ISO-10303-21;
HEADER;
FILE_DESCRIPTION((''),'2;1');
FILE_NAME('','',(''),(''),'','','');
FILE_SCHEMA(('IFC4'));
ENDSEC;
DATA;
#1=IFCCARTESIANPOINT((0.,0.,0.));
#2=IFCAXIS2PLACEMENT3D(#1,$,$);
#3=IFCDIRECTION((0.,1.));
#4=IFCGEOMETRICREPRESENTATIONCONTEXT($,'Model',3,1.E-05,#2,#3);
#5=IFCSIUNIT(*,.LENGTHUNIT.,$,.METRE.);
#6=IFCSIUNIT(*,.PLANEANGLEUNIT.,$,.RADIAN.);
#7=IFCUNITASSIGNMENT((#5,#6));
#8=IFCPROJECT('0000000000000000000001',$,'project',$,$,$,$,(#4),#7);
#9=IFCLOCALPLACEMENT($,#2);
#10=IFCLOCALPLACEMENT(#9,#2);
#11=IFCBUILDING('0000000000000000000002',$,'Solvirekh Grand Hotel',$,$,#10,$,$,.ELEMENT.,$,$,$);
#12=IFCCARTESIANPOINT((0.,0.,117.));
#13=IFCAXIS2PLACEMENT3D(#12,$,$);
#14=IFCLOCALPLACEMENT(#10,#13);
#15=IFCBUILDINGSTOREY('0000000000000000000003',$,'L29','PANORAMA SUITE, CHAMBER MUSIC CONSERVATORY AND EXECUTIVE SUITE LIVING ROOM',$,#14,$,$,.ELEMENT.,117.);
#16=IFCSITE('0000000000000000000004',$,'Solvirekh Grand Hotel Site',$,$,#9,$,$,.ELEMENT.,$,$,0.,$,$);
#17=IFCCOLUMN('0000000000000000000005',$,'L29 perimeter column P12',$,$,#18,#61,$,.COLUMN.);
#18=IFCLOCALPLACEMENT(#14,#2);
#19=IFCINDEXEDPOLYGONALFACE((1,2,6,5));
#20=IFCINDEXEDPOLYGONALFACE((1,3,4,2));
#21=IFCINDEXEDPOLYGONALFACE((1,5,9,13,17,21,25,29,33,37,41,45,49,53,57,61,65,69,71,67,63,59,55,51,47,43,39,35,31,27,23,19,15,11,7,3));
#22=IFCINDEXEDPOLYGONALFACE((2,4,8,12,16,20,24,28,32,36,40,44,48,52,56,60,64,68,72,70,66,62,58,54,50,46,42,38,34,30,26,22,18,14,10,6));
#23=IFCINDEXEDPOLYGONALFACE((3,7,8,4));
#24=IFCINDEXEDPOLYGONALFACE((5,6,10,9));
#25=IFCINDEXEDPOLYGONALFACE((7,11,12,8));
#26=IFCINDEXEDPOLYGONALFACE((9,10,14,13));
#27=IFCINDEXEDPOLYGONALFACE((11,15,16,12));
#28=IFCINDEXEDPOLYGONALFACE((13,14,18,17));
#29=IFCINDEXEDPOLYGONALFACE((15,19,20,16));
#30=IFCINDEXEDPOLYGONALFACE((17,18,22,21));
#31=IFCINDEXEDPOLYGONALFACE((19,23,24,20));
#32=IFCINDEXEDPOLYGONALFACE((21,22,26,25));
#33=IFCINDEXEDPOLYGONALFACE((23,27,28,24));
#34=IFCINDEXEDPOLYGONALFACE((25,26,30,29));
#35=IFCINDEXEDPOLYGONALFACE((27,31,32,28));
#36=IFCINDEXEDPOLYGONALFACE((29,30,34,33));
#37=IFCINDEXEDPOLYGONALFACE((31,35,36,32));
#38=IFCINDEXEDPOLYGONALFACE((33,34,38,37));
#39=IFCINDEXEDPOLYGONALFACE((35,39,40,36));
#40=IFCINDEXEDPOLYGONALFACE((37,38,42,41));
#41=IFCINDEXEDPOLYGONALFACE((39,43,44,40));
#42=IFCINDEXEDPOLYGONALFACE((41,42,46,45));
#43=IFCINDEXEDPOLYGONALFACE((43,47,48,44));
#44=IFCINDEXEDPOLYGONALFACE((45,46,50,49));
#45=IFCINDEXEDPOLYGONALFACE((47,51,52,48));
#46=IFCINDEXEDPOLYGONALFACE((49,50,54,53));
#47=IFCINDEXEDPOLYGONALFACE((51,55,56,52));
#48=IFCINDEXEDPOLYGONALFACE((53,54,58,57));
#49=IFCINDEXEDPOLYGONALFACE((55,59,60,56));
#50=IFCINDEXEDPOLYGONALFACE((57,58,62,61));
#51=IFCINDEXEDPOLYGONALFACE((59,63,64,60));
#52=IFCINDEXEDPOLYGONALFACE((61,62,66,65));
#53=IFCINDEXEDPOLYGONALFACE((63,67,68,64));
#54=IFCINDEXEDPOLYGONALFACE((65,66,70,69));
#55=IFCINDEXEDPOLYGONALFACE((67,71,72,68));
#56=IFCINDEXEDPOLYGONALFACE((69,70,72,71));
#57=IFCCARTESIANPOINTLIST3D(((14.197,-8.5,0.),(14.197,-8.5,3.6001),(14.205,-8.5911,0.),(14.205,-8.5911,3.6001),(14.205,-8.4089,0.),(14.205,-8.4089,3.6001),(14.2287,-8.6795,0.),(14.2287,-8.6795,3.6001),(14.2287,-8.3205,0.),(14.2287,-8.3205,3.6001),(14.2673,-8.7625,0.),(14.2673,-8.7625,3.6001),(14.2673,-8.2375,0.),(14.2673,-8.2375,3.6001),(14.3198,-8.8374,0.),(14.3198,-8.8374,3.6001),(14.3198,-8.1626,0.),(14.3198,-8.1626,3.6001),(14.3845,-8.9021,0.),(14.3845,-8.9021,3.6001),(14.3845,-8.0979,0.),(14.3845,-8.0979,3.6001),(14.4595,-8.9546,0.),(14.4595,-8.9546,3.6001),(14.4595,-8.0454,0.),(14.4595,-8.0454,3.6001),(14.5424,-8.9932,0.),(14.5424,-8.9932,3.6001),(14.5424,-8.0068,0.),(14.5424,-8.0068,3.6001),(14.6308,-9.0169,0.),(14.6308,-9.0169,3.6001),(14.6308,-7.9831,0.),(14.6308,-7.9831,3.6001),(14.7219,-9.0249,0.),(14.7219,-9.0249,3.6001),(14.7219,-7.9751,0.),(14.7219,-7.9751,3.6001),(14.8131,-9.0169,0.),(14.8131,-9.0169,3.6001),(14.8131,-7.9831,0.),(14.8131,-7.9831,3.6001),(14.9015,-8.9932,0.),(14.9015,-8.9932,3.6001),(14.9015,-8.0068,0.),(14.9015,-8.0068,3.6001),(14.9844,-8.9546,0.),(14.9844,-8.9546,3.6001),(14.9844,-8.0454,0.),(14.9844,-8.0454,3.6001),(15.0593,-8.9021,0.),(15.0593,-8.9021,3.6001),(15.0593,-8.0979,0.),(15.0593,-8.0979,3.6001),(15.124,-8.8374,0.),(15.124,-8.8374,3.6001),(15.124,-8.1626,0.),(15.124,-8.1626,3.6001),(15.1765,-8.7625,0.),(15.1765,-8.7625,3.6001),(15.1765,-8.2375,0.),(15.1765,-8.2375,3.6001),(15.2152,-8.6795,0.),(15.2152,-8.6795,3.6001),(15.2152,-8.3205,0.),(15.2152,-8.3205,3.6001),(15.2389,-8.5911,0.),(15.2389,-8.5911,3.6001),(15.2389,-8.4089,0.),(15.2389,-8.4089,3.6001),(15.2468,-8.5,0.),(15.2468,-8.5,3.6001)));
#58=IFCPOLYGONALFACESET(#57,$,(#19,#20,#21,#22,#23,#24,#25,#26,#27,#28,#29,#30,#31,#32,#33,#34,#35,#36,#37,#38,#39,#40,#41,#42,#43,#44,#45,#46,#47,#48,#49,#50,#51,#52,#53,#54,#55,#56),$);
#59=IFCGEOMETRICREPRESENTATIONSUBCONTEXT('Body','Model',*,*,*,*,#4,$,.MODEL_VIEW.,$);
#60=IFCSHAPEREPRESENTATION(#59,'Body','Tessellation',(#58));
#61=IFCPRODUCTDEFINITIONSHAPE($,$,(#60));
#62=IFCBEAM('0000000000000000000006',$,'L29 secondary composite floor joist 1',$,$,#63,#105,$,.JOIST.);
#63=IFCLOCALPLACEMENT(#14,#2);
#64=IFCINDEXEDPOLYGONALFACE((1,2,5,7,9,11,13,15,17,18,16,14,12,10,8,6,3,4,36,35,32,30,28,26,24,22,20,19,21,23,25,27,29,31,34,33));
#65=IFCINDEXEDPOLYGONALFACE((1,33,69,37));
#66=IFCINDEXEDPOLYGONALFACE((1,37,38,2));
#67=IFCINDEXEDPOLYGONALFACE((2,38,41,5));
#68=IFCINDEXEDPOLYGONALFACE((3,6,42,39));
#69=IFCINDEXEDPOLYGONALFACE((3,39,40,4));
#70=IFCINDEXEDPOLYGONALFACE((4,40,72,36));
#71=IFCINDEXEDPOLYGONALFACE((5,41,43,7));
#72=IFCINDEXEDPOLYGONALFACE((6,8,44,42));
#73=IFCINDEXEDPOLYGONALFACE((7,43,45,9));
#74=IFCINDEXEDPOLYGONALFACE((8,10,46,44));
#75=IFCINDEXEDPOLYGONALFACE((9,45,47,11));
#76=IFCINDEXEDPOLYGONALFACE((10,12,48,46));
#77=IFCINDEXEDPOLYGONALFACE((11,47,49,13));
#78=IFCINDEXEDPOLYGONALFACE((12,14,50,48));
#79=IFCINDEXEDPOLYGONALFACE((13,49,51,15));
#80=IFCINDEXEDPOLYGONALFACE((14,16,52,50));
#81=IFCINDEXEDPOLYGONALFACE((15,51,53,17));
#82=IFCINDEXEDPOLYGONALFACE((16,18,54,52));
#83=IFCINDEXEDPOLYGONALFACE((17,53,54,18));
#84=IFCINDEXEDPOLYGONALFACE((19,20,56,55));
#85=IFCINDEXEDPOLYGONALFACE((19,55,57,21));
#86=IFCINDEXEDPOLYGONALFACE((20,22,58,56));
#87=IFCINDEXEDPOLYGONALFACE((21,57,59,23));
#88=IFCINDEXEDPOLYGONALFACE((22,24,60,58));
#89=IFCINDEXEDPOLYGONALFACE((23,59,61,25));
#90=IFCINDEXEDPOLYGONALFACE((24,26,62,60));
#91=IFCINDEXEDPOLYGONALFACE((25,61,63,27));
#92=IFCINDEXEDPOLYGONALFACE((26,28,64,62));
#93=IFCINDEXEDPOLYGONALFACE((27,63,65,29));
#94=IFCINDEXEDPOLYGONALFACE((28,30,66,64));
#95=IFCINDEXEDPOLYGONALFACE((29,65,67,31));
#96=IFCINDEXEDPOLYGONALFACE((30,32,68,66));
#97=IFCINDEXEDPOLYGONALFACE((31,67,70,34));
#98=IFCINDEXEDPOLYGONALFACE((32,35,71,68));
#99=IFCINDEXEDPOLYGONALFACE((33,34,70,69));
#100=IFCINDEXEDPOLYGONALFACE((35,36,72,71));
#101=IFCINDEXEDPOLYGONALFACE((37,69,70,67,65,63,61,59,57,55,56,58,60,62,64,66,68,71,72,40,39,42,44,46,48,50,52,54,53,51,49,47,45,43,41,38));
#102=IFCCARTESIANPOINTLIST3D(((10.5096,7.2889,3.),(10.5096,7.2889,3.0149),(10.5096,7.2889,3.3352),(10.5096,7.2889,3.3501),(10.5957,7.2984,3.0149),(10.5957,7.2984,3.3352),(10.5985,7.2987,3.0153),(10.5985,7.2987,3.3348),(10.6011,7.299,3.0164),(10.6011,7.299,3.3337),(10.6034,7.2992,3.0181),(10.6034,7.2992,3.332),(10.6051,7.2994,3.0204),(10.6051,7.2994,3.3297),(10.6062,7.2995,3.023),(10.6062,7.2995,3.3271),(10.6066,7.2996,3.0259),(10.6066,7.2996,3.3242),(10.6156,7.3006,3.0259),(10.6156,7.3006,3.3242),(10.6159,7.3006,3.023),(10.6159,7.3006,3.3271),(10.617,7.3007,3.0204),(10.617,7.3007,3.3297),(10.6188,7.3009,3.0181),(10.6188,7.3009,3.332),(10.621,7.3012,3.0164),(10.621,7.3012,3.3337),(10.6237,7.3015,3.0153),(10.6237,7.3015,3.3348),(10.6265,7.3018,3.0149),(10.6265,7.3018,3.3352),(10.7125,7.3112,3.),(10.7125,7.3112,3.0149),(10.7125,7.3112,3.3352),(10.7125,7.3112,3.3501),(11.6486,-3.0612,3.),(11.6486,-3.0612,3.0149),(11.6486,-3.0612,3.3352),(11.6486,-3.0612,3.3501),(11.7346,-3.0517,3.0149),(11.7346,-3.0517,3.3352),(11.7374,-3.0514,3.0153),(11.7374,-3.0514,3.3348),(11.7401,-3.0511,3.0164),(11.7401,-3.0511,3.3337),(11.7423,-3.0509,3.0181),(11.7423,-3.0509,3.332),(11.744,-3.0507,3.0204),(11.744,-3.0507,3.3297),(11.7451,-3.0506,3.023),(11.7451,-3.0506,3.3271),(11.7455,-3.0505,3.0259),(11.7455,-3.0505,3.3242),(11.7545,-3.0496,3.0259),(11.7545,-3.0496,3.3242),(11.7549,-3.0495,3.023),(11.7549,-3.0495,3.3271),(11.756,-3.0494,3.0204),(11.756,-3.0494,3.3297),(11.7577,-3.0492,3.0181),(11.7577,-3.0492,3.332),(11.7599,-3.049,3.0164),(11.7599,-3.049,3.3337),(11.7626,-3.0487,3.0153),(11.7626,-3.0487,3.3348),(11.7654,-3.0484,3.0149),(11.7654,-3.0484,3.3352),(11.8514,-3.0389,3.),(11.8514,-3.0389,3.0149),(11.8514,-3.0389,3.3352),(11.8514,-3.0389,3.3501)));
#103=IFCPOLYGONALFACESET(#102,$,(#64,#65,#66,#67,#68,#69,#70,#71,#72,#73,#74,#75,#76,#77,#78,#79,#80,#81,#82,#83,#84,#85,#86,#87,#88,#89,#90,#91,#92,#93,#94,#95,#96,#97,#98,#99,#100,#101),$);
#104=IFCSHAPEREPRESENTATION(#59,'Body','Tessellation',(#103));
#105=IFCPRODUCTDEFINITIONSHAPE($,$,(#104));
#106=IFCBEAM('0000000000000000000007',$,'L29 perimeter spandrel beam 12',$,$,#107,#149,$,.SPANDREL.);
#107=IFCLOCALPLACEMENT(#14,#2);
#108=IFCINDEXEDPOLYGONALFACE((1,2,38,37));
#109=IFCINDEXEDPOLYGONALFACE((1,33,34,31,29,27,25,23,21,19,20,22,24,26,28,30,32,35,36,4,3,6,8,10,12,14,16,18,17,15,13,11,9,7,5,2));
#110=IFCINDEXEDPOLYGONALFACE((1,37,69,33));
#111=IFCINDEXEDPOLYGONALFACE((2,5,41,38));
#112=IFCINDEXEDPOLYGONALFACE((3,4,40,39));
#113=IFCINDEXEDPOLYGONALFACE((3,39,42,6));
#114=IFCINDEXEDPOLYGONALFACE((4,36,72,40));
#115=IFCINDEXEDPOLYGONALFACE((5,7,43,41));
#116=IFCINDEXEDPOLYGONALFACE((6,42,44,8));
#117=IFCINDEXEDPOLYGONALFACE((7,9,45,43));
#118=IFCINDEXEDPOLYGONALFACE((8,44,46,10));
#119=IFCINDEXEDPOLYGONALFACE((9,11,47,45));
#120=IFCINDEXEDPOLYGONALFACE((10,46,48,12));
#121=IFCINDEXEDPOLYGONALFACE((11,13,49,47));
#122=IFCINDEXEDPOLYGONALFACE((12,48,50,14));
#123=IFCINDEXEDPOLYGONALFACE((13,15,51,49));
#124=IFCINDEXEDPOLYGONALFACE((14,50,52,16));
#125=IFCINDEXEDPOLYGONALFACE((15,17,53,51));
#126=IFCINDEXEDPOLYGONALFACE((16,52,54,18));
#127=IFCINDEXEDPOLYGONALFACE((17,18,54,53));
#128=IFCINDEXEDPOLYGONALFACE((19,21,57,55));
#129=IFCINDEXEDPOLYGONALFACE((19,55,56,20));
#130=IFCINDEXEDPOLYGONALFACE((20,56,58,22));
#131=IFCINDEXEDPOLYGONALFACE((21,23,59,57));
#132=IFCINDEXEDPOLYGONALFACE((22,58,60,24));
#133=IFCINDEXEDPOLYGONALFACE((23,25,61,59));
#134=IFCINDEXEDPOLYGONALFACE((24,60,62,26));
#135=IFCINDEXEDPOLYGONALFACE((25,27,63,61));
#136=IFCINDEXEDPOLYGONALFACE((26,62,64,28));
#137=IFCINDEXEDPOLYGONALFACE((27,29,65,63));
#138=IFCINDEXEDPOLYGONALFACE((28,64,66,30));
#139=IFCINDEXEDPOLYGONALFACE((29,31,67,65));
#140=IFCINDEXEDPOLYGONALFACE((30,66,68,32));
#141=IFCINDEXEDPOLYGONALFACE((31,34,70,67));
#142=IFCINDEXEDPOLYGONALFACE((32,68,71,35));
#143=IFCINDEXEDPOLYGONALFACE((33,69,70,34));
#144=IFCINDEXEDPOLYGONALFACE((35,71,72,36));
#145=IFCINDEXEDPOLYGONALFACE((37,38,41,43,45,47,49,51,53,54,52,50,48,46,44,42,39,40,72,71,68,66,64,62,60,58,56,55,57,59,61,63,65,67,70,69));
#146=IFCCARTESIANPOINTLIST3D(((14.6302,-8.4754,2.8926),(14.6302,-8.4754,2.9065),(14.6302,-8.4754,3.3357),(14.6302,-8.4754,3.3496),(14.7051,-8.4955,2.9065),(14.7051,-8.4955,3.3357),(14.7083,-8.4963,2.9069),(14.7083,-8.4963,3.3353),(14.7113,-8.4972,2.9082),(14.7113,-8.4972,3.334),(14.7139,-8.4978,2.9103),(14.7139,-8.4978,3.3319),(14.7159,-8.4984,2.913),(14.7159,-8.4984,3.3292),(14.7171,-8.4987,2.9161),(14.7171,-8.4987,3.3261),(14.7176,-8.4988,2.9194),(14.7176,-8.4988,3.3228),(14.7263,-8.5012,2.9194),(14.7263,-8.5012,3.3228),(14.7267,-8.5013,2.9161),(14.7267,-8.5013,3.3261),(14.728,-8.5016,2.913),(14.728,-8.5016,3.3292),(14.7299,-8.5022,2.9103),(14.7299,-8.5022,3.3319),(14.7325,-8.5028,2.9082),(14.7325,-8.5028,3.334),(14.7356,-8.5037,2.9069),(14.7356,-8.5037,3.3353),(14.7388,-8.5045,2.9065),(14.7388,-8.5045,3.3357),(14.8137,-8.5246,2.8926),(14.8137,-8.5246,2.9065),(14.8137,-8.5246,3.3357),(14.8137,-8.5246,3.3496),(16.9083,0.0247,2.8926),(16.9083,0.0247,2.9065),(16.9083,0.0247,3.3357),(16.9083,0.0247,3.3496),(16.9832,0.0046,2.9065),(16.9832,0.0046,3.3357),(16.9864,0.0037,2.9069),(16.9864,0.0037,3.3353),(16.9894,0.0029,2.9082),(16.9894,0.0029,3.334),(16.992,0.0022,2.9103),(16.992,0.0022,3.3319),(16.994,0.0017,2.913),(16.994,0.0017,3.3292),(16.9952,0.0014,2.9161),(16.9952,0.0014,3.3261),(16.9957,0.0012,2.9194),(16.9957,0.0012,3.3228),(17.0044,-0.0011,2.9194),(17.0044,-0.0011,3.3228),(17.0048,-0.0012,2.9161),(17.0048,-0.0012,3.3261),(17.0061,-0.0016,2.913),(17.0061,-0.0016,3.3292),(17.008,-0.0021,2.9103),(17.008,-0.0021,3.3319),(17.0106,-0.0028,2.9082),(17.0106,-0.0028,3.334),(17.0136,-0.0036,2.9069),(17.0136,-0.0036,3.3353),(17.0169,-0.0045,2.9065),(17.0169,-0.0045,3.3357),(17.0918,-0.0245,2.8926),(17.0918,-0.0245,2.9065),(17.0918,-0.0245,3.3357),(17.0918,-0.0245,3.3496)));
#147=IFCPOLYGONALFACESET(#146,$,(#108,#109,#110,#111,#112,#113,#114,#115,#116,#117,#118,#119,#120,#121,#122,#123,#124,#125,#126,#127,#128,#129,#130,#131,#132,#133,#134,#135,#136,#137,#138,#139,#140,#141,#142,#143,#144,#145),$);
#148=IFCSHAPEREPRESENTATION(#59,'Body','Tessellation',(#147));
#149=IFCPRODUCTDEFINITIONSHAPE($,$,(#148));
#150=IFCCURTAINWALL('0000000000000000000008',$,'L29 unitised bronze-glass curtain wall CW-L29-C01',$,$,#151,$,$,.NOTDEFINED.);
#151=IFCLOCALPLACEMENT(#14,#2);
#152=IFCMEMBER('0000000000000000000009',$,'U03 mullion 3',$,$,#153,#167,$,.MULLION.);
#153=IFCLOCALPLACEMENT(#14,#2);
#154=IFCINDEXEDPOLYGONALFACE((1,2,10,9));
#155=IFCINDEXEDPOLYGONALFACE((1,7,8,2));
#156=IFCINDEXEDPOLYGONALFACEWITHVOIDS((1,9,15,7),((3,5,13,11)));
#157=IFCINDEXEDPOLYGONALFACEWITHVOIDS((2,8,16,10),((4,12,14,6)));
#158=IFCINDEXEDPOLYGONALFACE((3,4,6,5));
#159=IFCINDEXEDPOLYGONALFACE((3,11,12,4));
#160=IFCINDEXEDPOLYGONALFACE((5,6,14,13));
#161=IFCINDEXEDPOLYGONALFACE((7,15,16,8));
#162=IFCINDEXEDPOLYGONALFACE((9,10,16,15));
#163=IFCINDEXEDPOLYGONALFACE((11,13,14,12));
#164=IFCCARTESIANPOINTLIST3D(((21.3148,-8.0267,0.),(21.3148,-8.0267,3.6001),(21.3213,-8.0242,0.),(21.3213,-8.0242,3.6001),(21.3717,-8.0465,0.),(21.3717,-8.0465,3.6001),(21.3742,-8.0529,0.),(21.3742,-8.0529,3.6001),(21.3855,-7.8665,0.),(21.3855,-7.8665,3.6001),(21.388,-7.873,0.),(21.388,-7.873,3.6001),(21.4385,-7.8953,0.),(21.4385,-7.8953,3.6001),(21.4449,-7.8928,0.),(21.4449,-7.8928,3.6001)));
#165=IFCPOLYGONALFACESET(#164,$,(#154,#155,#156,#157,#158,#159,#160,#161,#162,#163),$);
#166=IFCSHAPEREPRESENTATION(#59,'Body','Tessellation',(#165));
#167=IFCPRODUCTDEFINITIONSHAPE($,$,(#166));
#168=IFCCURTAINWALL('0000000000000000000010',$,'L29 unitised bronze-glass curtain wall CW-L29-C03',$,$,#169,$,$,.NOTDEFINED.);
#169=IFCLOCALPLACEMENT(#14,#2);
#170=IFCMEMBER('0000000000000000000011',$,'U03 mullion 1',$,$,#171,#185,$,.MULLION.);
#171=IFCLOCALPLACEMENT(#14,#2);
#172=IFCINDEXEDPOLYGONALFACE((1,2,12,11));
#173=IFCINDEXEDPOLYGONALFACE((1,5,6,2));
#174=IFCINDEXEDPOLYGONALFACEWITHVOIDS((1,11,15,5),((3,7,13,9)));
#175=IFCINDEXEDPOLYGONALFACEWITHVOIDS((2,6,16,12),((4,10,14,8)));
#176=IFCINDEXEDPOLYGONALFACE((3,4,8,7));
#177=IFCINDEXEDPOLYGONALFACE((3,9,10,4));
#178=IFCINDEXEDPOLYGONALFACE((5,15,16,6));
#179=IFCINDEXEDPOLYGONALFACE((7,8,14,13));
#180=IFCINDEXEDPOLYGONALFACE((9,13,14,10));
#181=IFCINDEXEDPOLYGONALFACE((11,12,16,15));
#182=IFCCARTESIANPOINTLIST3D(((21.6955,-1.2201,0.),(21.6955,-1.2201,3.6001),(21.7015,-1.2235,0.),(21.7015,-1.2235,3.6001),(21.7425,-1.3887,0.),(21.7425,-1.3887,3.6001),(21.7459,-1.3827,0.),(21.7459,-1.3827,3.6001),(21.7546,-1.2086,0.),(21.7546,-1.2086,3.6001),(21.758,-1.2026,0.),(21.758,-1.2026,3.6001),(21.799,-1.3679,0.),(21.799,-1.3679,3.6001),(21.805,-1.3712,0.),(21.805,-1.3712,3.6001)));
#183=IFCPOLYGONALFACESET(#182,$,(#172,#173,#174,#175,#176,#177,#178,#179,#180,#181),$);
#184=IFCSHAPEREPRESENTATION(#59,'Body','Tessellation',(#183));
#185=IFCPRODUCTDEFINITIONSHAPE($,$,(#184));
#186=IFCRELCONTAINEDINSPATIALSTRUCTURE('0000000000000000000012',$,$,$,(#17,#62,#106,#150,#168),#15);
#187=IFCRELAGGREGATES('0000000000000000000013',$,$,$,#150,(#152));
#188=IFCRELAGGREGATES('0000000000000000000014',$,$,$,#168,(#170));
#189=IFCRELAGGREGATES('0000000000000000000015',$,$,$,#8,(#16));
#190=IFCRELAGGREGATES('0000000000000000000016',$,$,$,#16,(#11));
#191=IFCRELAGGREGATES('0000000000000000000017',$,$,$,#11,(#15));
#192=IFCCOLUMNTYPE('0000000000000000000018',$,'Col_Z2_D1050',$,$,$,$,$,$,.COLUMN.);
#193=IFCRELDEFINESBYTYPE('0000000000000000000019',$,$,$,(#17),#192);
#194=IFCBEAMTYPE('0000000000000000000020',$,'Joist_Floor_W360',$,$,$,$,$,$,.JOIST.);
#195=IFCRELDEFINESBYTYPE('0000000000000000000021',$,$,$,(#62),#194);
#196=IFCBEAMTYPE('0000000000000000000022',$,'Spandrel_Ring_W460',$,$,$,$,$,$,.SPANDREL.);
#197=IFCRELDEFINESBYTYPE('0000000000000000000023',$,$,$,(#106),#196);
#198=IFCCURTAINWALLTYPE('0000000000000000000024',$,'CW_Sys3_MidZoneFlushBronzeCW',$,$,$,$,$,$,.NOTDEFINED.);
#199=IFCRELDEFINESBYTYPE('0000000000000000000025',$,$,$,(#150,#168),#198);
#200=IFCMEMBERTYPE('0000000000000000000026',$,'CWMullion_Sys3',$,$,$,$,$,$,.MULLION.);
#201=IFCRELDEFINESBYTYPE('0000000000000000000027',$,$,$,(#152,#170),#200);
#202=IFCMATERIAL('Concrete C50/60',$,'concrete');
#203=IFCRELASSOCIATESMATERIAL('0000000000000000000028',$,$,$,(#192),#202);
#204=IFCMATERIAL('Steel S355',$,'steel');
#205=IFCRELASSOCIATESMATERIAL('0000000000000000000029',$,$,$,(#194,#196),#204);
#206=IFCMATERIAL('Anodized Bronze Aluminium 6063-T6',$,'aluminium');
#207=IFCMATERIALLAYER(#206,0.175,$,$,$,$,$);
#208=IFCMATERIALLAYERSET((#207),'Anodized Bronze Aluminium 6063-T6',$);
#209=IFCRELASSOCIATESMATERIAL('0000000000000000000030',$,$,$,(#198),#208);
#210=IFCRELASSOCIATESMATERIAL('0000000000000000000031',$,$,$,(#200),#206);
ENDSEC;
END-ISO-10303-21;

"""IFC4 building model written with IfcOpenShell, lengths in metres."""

from ifc_helpers import new_model, si_unit, direction, frame, origin, origin_2d, place, context, subcontext, project, spatial, hollow_rectangle, circle, i_section, extrude, source, transform, mapped, material, layer, layer_set, material_profile, profile_set, type_object, element, aggregate, save


model = new_model("IFC4")

# Units and contexts
model_context = context("Model", 3, precision=1e-05, world=origin(), true_north=direction((0.0, 1.0)))
body_context = subcontext(model_context, "Body", "Model", "MODEL_VIEW")
ifc_project = project(units=[si_unit("LENGTHUNIT", "METRE"), si_unit("PLANEANGLEUNIT", "RADIAN")], contexts=[model_context])

# Site, building, storey
site_placement = place(None, origin())
site = spatial("IfcSite", under=ifc_project, at=site_placement, Name="Solvirekh Grand Hotel Site", CompositionType="ELEMENT", RefElevation=0.0)
building_placement = place(site_placement, origin())
building = spatial("IfcBuilding", under=site, at=building_placement, Name="Solvirekh Grand Hotel", CompositionType="ELEMENT")
storey_placement = place(building_placement, frame((0.0, 0.0, 117.0)))
storey = spatial("IfcBuildingStorey", under=building, at=storey_placement, Name="L29", Description="PANORAMA SUITE, CHAMBER MUSIC CONSERVATORY AND EXECUTIVE SUITE LIVING ROOM", CompositionType="ELEMENT", Elevation=117.0)

# Column
ifc_material_1 = material(Name="Concrete C50/60", Category="concrete")
ifc_material_profile_1 = material_profile(ifc_material_1, circle(Radius=0.5249, at=origin_2d()), Name="RC CIRC D1050")
ifc_profile_set_1 = profile_set([ifc_material_profile_1], Name="Concrete C50/60")
column_type = type_object("IfcColumnType", Name="Col_Z2_D1050", PredefinedType="COLUMN", material=ifc_profile_set_1)
column_placement = place(storey_placement, frame((14.7219, -8.5, 0.0), z_axis=(0.0, 0.0, 1.0), x_axis=(1.0, 0.0, 0.0)))
element("IfcColumn", 1, at=column_placement, inside=storey, type_object=column_type, Name="L29 perimeter column P12", PredefinedType="COLUMN", context=body_context, shape_type="SweptSolid", body=[
    extrude(circle(Radius=0.5249, at=origin_2d()), origin(), (0.0, 0.0, 1.0), 3.6001),
])

# Beams
ifc_material_2 = material(Name="Steel S355", Category="steel")
ifc_material_profile_2 = material_profile(ifc_material_2, i_section(OverallWidth=0.2041, OverallDepth=0.3501, WebThickness=0.009, FlangeThickness=0.0149, FilletRadius=0.011, at=origin_2d()), Name="W360X72")
ifc_profile_set_2 = profile_set([ifc_material_profile_2], Name="Steel S355")
beam_type_1 = type_object("IfcBeamType", Name="Joist_Floor_W360", PredefinedType="JOIST", material=ifc_profile_set_2)
beam_1_placement = place(storey_placement, frame((11.75, -3.05, 3.175), z_axis=(-0.109379, 0.994, 0.0), x_axis=(-0.994, -0.109379, 0.0)))
element("IfcBeam", 2, at=beam_1_placement, inside=storey, type_object=beam_type_1, Name="L29 secondary composite floor joist 1", PredefinedType="JOIST", context=body_context, shape_type="SweptSolid", body=[
    extrude(i_section(OverallWidth=0.2041, OverallDepth=0.3501, WebThickness=0.009, FlangeThickness=0.0149, FilletRadius=0.011, at=origin_2d()), origin(), (0.0, 0.0, 1.0), 10.4126),
])
ifc_material_profile_3 = material_profile(ifc_material_2, i_section(OverallWidth=0.1899, OverallDepth=0.457, WebThickness=0.009, FlangeThickness=0.0139, FilletRadius=0.0129, at=origin_2d()), Name="W460X74")
ifc_profile_set_3 = profile_set([ifc_material_profile_3], Name="Steel S355")
beam_type_2 = type_object("IfcBeamType", Name="Spandrel_Ring_W460", PredefinedType="SPANDREL", material=ifc_profile_set_3)
beam_2_placement = place(storey_placement, frame((14.7219, -8.5, 3.1211), z_axis=(0.258873, 0.965911, 0.0), x_axis=(-0.965911, 0.258873, 0.0)))
element("IfcBeam", 3, at=beam_2_placement, inside=storey, type_object=beam_type_2, Name="L29 perimeter spandrel beam 12", PredefinedType="SPANDREL", context=body_context, shape_type="SweptSolid", body=[
    extrude(i_section(OverallWidth=0.1899, OverallDepth=0.457, WebThickness=0.009, FlangeThickness=0.0139, FilletRadius=0.0129, at=origin_2d()), origin(), (0.0, 0.0, 1.0), 8.8),
])

# Curtain wall, member
ifc_material_3 = material(Name="Anodized Bronze Aluminium 6063-T6", Category="aluminium")
ifc_layer_1 = layer(ifc_material_3, 0.175)
ifc_layer_set_1 = layer_set([ifc_layer_1], Name="Anodized Bronze Aluminium 6063-T6")
curtain_wall_type = type_object("IfcCurtainWallType", Name="CW_Sys3_MidZoneFlushBronzeCW", PredefinedType="NOTDEFINED", material=ifc_layer_set_1)
curtain_wall_1_placement = place(storey_placement, origin())
curtain_wall_1 = element("IfcCurtainWall", 4, at=curtain_wall_1_placement, inside=storey, type_object=curtain_wall_type, Name="L29 unitised bronze-glass curtain wall CW-L29-C01", PredefinedType="NOTDEFINED")
ifc_material_profile_4 = material_profile(ifc_material_3, hollow_rectangle(XDim=0.0649, YDim=0.175, WallThickness=0.0049, at=origin_2d()), Name="ALU RHS 175X65X5")
ifc_profile_set_4 = profile_set([ifc_material_profile_4], Name="Anodized Bronze Aluminium 6063-T6")
member_type_1 = type_object("IfcMemberType", Name="CWMullion_Sys3", PredefinedType="MULLION", material=ifc_profile_set_4)
shared_shape_1 = source(origin(), body_context, "Body", "SweptSolid", [
    extrude(hollow_rectangle(XDim=0.0649, YDim=0.175, WallThickness=0.0049, at=origin_2d()), origin(), (0.0, 0.0, 1.0), 3.6001),
])
member_1_placement = place(storey_placement, frame((21.3799, -7.9597, 0.0), z_axis=(0.0, 0.0, 1.0), x_axis=(-0.914819, 0.403864, 0.0)))
member_1 = element("IfcMember", 5, at=member_1_placement, type_object=member_type_1, Name="U03 mullion 3", PredefinedType="MULLION", context=body_context, shape_type="MappedRepresentation", body=[
    mapped(shared_shape_1, transform((0.0, 0.0, 0.0), x_axis=(1.0, 0.0, 0.0), y_axis=(0.0, 1.0, 0.0), z_axis=(0.0, 0.0, 1.0), scale=1.0)),
])
aggregate(curtain_wall_1, [member_1])

# Curtain wall, member
curtain_wall_2_placement = place(storey_placement, origin())
curtain_wall_2 = element("IfcCurtainWall", 6, at=curtain_wall_2_placement, inside=storey, type_object=curtain_wall_type, Name="L29 unitised bronze-glass curtain wall CW-L29-C03", PredefinedType="NOTDEFINED")
member_2_placement = place(storey_placement, frame((21.7502, -1.2957, 0.0), z_axis=(0.0, 0.0, 1.0), x_axis=(-0.963269, -0.268537, 0.0)))
member_2 = element("IfcMember", 7, at=member_2_placement, type_object=member_type_1, Name="U03 mullion 1", PredefinedType="MULLION", context=body_context, shape_type="MappedRepresentation", body=[
    mapped(shared_shape_1, transform((0.0, 0.0, 0.0), x_axis=(1.0, 0.0, 0.0), y_axis=(0.0, 1.0, 0.0), z_axis=(0.0, 0.0, 1.0), scale=1.0)),
])
aggregate(curtain_wall_2, [member_2])

save(model, "model.ifc")
